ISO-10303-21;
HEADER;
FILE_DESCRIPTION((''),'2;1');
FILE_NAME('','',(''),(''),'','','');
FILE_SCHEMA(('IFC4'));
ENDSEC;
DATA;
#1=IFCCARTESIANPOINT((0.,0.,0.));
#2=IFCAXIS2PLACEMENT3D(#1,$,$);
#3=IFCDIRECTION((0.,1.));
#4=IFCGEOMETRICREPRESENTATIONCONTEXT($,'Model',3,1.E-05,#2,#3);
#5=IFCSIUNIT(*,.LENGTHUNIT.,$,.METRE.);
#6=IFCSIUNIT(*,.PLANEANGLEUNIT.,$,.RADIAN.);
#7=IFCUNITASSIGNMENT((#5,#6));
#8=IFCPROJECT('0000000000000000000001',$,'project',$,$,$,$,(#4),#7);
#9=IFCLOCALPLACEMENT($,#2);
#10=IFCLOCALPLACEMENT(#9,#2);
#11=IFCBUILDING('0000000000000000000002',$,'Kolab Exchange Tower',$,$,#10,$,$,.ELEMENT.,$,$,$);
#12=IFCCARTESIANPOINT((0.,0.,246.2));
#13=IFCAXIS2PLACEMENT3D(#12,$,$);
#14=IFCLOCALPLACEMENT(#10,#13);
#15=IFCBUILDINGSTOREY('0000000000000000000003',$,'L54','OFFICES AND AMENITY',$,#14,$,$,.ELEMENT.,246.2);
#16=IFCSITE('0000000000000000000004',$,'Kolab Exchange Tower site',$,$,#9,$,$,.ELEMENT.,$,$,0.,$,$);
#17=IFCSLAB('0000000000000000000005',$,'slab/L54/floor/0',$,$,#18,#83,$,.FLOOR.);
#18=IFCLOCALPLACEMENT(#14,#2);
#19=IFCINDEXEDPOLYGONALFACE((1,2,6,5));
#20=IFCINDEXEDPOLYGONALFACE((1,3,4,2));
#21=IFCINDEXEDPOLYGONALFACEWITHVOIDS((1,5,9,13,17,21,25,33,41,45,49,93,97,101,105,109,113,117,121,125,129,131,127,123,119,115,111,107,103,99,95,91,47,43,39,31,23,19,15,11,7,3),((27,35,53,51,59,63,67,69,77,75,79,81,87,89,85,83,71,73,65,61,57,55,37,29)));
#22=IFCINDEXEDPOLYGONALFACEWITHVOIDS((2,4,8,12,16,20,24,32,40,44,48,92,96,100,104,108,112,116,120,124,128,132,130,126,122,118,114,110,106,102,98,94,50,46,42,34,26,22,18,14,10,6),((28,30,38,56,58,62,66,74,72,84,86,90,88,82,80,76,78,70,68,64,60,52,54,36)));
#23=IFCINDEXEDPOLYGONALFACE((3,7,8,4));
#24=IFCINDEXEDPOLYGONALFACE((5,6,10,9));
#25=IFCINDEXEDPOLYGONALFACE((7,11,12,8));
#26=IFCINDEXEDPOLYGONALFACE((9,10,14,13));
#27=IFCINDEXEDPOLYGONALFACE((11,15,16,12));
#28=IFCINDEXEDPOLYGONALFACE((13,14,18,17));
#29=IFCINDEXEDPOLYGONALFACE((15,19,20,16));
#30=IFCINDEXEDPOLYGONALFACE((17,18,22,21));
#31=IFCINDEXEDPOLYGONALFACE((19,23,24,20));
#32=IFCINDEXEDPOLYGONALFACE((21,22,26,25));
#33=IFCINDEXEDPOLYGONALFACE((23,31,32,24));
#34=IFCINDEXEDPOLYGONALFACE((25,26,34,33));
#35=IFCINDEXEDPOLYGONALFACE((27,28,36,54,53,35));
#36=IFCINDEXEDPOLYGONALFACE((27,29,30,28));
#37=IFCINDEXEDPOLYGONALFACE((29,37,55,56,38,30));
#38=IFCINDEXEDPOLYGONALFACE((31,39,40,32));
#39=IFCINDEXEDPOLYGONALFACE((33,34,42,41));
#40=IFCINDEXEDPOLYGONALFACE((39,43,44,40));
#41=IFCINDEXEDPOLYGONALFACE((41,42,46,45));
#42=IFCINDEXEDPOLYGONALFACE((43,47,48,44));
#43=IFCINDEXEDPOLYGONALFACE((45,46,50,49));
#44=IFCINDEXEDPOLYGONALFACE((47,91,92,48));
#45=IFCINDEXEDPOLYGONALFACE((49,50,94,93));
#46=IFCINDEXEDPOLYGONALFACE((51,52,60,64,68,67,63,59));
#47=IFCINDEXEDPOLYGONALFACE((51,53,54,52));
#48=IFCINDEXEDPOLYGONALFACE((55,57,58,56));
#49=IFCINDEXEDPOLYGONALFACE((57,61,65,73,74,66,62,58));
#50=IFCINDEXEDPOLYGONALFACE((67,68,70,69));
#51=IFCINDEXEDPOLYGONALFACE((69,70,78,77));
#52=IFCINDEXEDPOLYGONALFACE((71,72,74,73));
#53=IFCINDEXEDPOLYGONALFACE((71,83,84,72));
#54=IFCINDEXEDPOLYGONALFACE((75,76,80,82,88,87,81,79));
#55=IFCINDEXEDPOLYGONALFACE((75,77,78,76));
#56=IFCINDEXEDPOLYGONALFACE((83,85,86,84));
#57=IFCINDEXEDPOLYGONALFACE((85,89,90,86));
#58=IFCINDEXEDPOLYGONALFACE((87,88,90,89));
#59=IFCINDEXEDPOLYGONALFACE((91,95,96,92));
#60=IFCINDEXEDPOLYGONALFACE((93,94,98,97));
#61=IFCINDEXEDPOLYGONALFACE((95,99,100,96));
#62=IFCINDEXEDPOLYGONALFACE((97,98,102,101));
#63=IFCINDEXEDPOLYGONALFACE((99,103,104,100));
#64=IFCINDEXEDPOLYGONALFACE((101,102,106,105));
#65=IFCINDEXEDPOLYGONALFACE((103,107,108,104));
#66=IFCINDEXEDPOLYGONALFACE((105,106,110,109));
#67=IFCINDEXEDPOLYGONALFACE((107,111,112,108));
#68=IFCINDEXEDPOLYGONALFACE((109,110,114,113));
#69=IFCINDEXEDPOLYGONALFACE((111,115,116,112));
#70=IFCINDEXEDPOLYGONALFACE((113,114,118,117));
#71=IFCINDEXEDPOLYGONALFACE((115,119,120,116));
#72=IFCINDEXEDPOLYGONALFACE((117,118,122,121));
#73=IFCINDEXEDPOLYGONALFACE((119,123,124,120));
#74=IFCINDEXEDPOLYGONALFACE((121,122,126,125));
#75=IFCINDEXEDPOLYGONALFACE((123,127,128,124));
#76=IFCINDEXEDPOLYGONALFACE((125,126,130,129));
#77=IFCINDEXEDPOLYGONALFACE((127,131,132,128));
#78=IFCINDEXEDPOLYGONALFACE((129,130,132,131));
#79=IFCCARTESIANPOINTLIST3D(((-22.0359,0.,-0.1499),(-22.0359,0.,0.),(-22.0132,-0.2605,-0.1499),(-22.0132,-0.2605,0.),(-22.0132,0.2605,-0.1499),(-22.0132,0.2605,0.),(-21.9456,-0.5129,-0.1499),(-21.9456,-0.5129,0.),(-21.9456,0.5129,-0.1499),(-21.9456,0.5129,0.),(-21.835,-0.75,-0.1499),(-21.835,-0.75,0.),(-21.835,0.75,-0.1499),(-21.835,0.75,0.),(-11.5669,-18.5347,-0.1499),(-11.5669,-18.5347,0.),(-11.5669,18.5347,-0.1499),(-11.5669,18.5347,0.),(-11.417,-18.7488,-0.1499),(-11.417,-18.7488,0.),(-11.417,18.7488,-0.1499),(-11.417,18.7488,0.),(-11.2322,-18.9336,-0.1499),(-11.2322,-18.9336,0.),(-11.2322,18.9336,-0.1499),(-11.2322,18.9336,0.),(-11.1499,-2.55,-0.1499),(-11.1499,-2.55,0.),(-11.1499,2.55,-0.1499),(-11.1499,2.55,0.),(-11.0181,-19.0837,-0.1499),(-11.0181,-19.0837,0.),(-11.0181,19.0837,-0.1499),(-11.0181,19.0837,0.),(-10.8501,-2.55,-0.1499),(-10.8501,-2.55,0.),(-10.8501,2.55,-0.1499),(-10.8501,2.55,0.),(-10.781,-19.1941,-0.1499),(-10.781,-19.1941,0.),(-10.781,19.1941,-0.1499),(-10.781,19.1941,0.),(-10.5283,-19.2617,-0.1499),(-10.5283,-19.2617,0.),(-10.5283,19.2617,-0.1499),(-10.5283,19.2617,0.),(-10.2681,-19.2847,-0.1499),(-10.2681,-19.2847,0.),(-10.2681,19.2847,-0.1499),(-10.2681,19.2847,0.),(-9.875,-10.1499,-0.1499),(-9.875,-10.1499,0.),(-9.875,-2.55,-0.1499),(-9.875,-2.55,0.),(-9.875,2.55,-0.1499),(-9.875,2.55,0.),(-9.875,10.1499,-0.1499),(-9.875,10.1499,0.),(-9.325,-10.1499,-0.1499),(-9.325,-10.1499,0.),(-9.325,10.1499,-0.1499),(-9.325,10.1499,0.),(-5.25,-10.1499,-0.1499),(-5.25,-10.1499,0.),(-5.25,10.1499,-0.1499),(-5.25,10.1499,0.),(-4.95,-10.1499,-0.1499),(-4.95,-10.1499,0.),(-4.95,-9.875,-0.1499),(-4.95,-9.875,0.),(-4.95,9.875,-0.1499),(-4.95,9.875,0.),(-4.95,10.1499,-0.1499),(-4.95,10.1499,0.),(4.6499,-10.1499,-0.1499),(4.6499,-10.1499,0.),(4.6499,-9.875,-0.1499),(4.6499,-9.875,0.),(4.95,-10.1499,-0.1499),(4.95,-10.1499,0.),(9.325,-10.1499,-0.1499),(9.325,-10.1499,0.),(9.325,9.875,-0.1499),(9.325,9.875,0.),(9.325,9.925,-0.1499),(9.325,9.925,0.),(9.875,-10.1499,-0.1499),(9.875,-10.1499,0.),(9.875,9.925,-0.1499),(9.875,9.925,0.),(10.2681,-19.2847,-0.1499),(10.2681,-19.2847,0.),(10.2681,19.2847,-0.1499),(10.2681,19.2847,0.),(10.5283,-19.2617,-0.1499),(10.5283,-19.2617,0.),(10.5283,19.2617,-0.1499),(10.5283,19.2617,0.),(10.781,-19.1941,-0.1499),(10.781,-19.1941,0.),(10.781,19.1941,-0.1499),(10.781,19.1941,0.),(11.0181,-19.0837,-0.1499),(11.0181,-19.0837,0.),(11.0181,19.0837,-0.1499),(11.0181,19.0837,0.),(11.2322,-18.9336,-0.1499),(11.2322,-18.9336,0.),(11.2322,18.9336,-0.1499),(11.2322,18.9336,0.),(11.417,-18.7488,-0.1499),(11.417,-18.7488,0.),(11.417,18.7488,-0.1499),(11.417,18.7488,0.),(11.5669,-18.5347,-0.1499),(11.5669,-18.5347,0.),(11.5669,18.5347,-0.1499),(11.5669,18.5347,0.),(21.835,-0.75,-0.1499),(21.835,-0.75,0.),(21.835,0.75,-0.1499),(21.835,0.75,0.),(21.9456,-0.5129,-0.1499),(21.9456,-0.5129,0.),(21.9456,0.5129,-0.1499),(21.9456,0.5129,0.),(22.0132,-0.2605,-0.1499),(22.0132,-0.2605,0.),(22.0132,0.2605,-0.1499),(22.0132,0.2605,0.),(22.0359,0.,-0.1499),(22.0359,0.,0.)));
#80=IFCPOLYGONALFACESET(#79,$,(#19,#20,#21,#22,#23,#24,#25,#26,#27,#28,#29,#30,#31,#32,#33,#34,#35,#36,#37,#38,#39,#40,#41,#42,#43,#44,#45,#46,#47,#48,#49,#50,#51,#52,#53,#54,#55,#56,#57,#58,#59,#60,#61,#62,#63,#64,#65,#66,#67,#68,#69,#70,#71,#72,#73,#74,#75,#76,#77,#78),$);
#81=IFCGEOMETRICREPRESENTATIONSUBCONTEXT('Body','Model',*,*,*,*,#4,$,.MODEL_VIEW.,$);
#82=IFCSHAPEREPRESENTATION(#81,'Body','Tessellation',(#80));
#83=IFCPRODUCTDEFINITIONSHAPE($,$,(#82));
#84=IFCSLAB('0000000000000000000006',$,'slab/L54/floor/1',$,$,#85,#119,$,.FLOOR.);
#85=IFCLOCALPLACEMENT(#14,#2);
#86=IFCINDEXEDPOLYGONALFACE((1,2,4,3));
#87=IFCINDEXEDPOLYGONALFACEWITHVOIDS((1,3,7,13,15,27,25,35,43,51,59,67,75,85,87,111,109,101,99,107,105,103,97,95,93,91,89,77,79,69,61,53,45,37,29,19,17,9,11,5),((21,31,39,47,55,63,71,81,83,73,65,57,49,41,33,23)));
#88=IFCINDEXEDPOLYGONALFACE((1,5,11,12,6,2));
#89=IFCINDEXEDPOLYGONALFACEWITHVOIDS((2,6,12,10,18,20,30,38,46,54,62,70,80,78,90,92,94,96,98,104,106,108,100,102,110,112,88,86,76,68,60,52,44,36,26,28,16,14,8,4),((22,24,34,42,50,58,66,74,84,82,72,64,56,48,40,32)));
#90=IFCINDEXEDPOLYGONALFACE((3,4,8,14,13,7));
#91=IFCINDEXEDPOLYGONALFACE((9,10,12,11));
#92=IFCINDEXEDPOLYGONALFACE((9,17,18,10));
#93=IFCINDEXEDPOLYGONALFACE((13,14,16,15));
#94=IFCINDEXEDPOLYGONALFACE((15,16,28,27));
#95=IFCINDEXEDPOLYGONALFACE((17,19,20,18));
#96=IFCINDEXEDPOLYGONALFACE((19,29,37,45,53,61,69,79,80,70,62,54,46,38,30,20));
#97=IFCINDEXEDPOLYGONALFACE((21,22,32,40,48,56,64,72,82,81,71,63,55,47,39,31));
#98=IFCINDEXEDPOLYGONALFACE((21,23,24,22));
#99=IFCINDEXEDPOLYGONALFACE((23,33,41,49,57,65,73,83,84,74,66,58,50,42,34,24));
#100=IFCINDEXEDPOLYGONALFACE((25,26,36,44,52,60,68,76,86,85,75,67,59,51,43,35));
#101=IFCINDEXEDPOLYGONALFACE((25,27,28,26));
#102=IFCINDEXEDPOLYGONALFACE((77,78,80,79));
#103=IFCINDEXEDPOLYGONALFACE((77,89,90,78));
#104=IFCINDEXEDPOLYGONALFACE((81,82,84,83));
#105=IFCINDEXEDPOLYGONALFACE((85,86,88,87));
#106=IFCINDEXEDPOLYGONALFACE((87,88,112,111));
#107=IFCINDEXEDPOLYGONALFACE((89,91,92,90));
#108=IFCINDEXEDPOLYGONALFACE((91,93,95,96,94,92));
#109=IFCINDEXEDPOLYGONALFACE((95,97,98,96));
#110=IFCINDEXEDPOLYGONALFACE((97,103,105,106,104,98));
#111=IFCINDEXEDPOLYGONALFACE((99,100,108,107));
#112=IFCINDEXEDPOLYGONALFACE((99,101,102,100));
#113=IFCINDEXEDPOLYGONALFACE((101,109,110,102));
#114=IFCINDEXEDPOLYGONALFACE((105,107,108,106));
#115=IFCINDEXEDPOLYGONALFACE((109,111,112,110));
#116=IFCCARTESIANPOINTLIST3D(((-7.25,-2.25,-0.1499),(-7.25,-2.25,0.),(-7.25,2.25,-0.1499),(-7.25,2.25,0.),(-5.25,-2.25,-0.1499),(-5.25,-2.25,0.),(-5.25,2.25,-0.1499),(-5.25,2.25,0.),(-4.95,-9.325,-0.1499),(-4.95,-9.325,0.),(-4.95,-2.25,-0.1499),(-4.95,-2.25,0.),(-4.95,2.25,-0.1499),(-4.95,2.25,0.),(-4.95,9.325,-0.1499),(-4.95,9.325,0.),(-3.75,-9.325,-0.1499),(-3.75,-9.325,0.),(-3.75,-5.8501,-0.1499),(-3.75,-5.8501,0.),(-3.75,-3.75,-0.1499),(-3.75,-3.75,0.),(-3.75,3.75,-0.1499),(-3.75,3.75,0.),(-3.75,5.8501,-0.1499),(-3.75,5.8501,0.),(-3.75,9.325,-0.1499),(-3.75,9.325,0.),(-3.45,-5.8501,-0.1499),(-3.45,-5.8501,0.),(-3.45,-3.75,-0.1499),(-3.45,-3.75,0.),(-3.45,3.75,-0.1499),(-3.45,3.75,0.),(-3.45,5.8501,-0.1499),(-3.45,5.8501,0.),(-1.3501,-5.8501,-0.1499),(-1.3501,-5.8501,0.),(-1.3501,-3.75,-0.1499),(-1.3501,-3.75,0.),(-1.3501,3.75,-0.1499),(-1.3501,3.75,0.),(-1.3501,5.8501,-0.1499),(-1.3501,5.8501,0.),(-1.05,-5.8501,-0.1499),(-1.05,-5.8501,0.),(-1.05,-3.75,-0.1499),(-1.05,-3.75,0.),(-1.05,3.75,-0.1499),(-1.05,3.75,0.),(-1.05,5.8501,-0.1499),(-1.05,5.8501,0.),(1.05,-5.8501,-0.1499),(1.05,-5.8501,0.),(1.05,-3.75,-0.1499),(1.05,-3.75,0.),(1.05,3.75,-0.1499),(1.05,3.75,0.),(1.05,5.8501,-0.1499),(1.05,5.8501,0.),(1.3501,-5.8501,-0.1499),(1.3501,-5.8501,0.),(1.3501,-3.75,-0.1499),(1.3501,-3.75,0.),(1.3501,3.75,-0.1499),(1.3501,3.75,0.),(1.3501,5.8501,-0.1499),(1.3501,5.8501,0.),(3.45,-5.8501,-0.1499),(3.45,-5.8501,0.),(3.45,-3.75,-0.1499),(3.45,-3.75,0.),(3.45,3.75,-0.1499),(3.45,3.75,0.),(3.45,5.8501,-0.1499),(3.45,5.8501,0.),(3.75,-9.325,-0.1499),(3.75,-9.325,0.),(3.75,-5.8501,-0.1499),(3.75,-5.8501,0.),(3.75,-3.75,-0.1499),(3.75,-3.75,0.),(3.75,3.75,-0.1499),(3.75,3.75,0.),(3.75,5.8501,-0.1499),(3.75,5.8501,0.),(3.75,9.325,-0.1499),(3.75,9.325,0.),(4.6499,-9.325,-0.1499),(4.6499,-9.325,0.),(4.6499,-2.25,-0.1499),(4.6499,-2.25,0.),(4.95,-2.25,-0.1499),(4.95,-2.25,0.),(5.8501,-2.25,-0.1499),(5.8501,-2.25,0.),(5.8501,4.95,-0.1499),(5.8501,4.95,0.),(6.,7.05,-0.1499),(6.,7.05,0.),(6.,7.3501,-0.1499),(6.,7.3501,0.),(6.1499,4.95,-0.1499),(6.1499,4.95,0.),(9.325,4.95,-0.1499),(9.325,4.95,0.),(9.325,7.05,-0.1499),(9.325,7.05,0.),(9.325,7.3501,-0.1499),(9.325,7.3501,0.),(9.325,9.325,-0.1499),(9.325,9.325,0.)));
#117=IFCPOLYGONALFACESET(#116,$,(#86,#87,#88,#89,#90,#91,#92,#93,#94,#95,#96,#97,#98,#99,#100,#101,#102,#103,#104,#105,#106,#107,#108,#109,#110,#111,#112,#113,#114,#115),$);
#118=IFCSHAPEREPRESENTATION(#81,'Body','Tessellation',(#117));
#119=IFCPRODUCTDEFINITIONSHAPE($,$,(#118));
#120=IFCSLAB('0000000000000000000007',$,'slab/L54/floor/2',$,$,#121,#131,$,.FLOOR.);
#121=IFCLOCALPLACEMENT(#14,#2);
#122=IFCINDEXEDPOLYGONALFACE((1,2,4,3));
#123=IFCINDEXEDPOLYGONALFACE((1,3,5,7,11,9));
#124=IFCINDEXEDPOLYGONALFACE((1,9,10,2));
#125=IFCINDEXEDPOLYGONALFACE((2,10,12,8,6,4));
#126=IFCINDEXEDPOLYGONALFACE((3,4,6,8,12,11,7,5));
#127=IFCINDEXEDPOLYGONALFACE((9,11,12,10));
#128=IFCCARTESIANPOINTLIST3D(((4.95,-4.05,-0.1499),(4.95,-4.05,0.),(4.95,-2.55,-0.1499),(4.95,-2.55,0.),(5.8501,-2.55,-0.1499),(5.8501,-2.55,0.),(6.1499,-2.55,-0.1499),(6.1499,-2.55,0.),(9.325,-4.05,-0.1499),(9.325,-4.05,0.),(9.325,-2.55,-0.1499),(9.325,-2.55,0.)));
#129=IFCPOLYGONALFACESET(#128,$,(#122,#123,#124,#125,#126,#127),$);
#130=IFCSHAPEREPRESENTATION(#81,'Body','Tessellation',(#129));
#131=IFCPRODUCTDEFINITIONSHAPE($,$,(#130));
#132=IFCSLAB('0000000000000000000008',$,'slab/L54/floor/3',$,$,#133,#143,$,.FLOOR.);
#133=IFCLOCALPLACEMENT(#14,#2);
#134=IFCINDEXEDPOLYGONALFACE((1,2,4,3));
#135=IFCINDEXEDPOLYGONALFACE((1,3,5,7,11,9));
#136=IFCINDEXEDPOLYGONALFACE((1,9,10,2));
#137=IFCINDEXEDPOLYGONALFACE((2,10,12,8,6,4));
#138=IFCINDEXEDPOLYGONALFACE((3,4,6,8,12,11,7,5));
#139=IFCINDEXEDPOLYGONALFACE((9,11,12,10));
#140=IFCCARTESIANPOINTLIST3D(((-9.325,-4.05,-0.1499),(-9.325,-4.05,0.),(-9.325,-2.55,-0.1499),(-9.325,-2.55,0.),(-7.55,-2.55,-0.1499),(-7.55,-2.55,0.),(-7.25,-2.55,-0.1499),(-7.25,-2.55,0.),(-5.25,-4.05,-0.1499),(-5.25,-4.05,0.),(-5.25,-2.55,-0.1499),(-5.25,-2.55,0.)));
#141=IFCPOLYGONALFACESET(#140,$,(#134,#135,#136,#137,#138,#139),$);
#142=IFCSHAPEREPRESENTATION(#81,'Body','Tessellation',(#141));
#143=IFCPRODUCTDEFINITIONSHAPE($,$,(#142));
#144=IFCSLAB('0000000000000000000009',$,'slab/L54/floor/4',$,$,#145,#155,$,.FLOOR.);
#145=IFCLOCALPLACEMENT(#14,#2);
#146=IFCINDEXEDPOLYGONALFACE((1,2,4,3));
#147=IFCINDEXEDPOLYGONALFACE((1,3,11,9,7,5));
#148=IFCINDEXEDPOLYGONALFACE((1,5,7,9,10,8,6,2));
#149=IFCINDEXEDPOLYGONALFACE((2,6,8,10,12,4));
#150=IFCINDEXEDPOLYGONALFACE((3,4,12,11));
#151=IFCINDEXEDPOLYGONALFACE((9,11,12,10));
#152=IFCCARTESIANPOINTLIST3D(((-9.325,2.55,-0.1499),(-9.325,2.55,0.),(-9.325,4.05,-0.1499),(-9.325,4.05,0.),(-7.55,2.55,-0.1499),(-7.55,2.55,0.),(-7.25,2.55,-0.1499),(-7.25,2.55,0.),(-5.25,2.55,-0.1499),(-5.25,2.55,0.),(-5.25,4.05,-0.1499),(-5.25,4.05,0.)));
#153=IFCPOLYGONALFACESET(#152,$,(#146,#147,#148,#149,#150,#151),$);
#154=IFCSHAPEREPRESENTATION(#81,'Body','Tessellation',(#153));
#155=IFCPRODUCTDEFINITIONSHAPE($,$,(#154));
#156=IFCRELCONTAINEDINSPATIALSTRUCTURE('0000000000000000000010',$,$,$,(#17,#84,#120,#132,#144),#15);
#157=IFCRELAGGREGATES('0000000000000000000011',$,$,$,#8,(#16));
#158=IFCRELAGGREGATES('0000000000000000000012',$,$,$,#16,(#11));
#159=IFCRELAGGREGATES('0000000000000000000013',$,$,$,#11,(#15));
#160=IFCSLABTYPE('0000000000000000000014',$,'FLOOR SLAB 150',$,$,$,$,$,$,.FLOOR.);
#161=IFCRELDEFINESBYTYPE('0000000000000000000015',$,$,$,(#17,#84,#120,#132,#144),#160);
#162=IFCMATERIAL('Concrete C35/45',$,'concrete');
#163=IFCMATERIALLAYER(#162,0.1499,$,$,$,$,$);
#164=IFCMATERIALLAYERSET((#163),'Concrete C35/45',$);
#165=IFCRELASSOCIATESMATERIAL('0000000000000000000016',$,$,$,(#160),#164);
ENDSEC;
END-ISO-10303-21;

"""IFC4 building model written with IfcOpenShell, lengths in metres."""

from ifc_helpers import new_model, si_unit, direction, frame, origin, place, context, subcontext, project, spatial, polyline, outline, extrude, material, layer, layer_set, type_object, element, save


model = new_model("IFC4")

# Units and contexts
model_context = context("Model", 3, precision=1e-05, world=origin(), true_north=direction((0.0, 1.0)))
body_context = subcontext(model_context, "Body", "Model", "MODEL_VIEW")
ifc_project = project(units=[si_unit("LENGTHUNIT", "METRE"), si_unit("PLANEANGLEUNIT", "RADIAN")], contexts=[model_context])

# Site, building, storey
site_placement = place(None, origin())
site = spatial("IfcSite", under=ifc_project, at=site_placement, Name="Kolab Exchange Tower site", CompositionType="ELEMENT", RefElevation=0.0)
building_placement = place(site_placement, origin())
building = spatial("IfcBuilding", under=site, at=building_placement, Name="Kolab Exchange Tower", CompositionType="ELEMENT")
storey_placement = place(building_placement, frame((0.0, 0.0, 246.2)))
storey = spatial("IfcBuildingStorey", under=building, at=storey_placement, Name="L54", Description="OFFICES AND AMENITY", CompositionType="ELEMENT", Elevation=246.2)

# Slabs
ifc_material_1 = material(Name="Concrete C35/45", Category="concrete")
ifc_layer_1 = layer(ifc_material_1, 0.1499)
ifc_layer_set_1 = layer_set([ifc_layer_1], Name="Concrete C35/45")
slab_type_1 = type_object("IfcSlabType", Name="FLOOR SLAB 150", PredefinedType="FLOOR", material=ifc_layer_set_1)
slab_1_placement = place(storey_placement, frame((0.0, 0.0, -0.1499)))
element("IfcSlab", 1, at=slab_1_placement, inside=storey, type_object=slab_type_1, Name="slab/L54/floor/0", PredefinedType="FLOOR", context=body_context, shape_type="SweptSolid", body=[
    extrude(outline(polyline([(11.5669, -18.5347), (21.835, -0.75), (21.9456, -0.5129), (22.0132, -0.2605), (22.0359, 0.0), (22.0132, 0.2605), (21.9456, 0.5129), (21.835, 0.75), (11.5669, 18.5347), (11.417, 18.7488), (11.2322, 18.9336), (11.0181, 19.0837), (10.781, 19.1941), (10.5283, 19.2617), (10.2681, 19.2847), (-10.2681, 19.2847), (-10.5283, 19.2617), (-10.781, 19.1941), (-11.0181, 19.0837), (-11.2322, 18.9336), (-11.417, 18.7488), (-11.5669, 18.5347), (-21.835, 0.75), (-21.9456, 0.5129), (-22.0132, 0.2605), (-22.0359, 0.0), (-22.0132, -0.2605), (-21.9456, -0.5129), (-21.835, -0.75), (-11.5669, -18.5347), (-11.417, -18.7488), (-11.2322, -18.9336), (-11.0181, -19.0837), (-10.781, -19.1941), (-10.5283, -19.2617), (-10.2681, -19.2847), (10.2681, -19.2847), (10.5283, -19.2617), (10.781, -19.1941), (11.0181, -19.0837), (11.2322, -18.9336), (11.417, -18.7488), (11.5669, -18.5347)]), holes=[polyline([(-9.325, -10.1499), (-9.875, -10.1499), (-9.875, -2.55), (-10.8501, -2.55), (-11.1499, -2.55), (-11.1499, 2.55), (-10.8501, 2.55), (-9.875, 2.55), (-9.875, 10.1499), (-9.325, 10.1499), (-5.25, 10.1499), (-4.95, 10.1499), (-4.95, 9.875), (9.325, 9.875), (9.325, 9.925), (9.875, 9.925), (9.875, -10.1499), (9.325, -10.1499), (4.95, -10.1499), (4.6499, -10.1499), (4.6499, -9.875), (-4.95, -9.875), (-4.95, -10.1499), (-5.25, -10.1499), (-9.325, -10.1499)])]), origin(), (0.0, 0.0, 1.0), 0.1499),
])
slab_2_placement = place(storey_placement, frame((0.0, 0.0, -0.1499)))
element("IfcSlab", 2, at=slab_2_placement, inside=storey, type_object=slab_type_1, Name="slab/L54/floor/1", PredefinedType="FLOOR", context=body_context, shape_type="SweptSolid", body=[
    extrude(outline(polyline([(-4.95, 9.325), (-4.95, 2.25), (-5.25, 2.25), (-7.25, 2.25), (-7.25, -2.25), (-5.25, -2.25), (-4.95, -2.25), (-4.95, -9.325), (-3.75, -9.325), (-3.75, -5.8501), (-3.45, -5.8501), (-1.3501, -5.8501), (-1.05, -5.8501), (1.05, -5.8501), (1.3501, -5.8501), (3.45, -5.8501), (3.75, -5.8501), (3.75, -9.325), (4.6499, -9.325), (4.6499, -2.25), (4.95, -2.25), (5.8501, -2.25), (5.8501, 4.95), (6.1499, 4.95), (9.325, 4.95), (9.325, 7.05), (6.0, 7.05), (6.0, 7.3501), (9.325, 7.3501), (9.325, 9.325), (3.75, 9.325), (3.75, 5.8501), (3.45, 5.8501), (1.3501, 5.8501), (1.05, 5.8501), (-1.05, 5.8501), (-1.3501, 5.8501), (-3.45, 5.8501), (-3.75, 5.8501), (-3.75, 9.325), (-4.95, 9.325)]), holes=[polyline([(-3.45, -3.75), (-3.75, -3.75), (-3.75, 3.75), (-3.45, 3.75), (-1.3501, 3.75), (-1.05, 3.75), (1.05, 3.75), (1.3501, 3.75), (3.45, 3.75), (3.75, 3.75), (3.75, -3.75), (3.45, -3.75), (1.3501, -3.75), (1.05, -3.75), (-1.05, -3.75), (-1.3501, -3.75), (-3.45, -3.75)])]), origin(), (0.0, 0.0, 1.0), 0.1499),
])
slab_3_placement = place(storey_placement, frame((0.0, 0.0, -0.1499)))
element("IfcSlab", 3, at=slab_3_placement, inside=storey, type_object=slab_type_1, Name="slab/L54/floor/2", PredefinedType="FLOOR", context=body_context, shape_type="SweptSolid", body=[
    extrude(outline(polyline([(4.95, -2.55), (4.95, -4.05), (9.325, -4.05), (9.325, -2.55), (6.1499, -2.55), (5.8501, -2.55), (4.95, -2.55)])), origin(), (0.0, 0.0, 1.0), 0.1499),
])
slab_4_placement = place(storey_placement, frame((0.0, 0.0, -0.1499)))
element("IfcSlab", 4, at=slab_4_placement, inside=storey, type_object=slab_type_1, Name="slab/L54/floor/3", PredefinedType="FLOOR", context=body_context, shape_type="SweptSolid", body=[
    extrude(outline(polyline([(-7.55, -2.55), (-9.325, -2.55), (-9.325, -4.05), (-5.25, -4.05), (-5.25, -2.55), (-7.25, -2.55), (-7.55, -2.55)])), origin(), (0.0, 0.0, 1.0), 0.1499),
])
slab_5_placement = place(storey_placement, frame((0.0, 0.0, -0.1499)))
element("IfcSlab", 5, at=slab_5_placement, inside=storey, type_object=slab_type_1, Name="slab/L54/floor/4", PredefinedType="FLOOR", context=body_context, shape_type="SweptSolid", body=[
    extrude(outline(polyline([(-9.325, 4.05), (-9.325, 2.55), (-7.55, 2.55), (-7.25, 2.55), (-5.25, 2.55), (-5.25, 4.05), (-9.325, 4.05)])), origin(), (0.0, 0.0, 1.0), 0.1499),
])

save(model, "model.ifc")
